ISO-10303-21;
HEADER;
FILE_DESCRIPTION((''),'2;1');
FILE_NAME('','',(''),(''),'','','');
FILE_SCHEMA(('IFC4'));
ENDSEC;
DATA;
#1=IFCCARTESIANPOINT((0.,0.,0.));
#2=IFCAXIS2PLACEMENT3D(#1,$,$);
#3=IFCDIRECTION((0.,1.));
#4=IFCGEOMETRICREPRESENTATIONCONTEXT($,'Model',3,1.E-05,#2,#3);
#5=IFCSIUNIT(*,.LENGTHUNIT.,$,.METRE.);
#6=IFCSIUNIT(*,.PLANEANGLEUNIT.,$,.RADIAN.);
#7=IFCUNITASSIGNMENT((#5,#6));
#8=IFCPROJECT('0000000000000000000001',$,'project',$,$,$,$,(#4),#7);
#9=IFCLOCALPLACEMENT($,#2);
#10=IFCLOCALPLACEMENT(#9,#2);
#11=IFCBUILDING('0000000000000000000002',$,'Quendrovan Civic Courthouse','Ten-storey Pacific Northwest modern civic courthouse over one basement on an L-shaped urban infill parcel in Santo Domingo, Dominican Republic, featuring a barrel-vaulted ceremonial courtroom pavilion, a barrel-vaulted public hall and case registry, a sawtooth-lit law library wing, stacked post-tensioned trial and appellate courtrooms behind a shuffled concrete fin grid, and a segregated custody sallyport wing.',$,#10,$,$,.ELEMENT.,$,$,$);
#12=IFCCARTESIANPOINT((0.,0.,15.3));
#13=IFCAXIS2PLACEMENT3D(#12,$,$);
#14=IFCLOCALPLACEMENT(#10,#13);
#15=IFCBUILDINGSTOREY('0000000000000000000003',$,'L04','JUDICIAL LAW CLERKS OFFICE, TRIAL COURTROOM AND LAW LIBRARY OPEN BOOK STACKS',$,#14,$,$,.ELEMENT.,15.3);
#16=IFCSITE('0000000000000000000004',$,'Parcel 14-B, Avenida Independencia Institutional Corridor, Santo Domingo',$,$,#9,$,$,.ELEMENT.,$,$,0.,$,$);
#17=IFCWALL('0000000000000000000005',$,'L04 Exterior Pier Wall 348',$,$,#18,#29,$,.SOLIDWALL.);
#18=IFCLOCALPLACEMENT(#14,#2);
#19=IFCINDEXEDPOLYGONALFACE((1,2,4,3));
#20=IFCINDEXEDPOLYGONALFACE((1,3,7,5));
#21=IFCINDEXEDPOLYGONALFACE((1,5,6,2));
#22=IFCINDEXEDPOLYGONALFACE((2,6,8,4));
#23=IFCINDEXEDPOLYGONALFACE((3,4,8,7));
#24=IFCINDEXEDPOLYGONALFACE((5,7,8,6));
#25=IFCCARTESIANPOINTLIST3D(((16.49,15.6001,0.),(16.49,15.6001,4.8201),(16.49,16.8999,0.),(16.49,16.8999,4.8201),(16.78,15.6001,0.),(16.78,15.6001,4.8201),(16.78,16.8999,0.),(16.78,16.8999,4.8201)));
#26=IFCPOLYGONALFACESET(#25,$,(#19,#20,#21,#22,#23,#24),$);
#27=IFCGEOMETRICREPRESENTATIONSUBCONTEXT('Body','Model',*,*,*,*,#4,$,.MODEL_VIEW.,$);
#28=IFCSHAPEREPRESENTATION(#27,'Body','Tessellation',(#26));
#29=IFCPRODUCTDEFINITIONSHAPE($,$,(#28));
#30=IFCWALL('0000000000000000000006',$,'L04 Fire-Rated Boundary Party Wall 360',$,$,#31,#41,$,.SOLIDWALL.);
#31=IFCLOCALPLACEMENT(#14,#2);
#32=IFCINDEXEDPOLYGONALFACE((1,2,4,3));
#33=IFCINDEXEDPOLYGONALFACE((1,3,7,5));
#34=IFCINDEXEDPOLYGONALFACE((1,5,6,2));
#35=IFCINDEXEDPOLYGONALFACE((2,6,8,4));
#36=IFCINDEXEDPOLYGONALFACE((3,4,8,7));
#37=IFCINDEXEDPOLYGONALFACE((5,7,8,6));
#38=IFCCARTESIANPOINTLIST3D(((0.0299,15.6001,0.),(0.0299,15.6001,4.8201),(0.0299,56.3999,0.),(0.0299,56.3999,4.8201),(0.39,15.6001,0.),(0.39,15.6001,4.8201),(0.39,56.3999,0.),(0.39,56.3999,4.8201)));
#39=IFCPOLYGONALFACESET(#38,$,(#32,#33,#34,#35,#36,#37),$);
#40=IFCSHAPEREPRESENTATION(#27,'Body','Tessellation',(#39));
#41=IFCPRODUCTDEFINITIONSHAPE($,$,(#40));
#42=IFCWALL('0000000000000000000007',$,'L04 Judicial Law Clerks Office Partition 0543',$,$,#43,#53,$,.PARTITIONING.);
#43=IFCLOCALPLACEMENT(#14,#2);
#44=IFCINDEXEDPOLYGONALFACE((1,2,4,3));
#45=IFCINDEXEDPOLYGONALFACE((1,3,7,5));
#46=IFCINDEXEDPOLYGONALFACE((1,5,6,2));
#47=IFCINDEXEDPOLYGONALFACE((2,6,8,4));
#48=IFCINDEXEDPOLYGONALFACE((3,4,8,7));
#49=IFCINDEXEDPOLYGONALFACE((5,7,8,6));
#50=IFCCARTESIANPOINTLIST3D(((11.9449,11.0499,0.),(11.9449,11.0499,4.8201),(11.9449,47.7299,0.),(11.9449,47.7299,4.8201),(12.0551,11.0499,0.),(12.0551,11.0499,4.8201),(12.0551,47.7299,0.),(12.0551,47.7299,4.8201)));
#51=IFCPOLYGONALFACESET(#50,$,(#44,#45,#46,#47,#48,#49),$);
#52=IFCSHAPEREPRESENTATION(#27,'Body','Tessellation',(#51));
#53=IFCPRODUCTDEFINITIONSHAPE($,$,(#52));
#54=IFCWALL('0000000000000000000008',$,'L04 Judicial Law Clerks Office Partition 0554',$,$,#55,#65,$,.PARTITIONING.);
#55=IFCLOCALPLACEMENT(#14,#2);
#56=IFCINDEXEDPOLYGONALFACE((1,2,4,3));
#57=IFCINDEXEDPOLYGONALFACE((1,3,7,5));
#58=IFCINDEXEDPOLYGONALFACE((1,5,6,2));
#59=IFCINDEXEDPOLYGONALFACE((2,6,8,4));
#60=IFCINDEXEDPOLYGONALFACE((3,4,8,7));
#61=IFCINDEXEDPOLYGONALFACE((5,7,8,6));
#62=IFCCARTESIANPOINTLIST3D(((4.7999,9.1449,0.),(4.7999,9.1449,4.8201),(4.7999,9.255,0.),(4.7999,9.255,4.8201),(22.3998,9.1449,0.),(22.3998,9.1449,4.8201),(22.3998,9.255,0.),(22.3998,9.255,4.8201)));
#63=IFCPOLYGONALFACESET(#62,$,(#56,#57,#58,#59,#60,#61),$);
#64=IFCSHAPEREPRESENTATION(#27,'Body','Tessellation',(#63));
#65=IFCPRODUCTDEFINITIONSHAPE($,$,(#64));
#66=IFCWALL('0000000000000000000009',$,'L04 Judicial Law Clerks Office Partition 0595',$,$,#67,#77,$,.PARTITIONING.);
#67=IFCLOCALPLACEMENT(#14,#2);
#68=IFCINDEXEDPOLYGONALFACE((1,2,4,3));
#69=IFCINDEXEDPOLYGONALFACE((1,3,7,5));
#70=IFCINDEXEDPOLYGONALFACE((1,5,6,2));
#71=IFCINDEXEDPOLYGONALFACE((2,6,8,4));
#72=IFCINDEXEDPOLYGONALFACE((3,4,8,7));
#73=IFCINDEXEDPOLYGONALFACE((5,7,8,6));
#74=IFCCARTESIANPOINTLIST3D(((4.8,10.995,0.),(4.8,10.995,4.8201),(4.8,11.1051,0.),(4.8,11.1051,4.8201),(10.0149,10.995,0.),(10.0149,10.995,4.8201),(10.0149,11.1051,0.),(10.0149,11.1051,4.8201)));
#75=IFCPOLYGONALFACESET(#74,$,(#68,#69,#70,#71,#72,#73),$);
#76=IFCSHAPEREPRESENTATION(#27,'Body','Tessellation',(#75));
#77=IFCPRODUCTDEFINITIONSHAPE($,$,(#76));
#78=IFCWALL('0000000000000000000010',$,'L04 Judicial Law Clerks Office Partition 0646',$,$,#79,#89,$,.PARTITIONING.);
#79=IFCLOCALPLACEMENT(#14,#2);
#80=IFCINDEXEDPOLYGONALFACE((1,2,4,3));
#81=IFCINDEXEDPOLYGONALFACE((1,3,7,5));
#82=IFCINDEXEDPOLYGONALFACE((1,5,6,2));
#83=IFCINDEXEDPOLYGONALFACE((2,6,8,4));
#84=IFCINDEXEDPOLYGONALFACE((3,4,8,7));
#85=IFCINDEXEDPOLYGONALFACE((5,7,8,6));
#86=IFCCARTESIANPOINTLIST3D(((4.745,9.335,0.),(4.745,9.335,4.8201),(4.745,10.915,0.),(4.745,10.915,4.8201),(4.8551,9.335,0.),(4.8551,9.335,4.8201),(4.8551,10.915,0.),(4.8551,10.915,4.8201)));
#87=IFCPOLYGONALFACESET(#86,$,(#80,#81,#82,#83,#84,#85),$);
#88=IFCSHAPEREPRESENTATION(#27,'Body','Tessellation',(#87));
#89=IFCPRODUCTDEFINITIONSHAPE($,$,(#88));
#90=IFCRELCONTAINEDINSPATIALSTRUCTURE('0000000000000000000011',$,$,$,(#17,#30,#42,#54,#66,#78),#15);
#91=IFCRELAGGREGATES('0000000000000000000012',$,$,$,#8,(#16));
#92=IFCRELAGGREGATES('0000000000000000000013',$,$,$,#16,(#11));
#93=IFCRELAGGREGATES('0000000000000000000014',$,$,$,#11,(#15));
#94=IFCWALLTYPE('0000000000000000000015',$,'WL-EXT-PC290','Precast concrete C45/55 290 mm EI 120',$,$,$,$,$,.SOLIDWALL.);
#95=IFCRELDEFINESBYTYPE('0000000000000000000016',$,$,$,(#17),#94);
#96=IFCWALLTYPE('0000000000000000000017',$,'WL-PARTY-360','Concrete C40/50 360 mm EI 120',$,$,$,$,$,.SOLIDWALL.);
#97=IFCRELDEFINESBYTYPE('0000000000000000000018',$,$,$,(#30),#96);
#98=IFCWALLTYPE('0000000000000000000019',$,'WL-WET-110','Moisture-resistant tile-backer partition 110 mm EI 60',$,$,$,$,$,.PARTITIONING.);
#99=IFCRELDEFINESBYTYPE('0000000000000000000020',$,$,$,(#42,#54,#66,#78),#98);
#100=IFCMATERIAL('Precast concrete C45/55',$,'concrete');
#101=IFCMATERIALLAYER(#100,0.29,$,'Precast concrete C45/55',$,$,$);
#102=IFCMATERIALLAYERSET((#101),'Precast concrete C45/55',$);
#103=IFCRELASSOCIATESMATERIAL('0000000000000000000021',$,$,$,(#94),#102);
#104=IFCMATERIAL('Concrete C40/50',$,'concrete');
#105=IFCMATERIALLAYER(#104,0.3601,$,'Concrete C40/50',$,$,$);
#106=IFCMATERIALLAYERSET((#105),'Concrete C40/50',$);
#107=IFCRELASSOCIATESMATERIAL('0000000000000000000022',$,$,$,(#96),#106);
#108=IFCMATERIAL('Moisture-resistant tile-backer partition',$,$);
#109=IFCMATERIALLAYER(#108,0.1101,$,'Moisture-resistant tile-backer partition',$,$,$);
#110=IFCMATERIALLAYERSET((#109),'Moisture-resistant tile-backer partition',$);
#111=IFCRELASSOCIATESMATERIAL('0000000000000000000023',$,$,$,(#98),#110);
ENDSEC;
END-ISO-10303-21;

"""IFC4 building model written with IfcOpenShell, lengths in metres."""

from ifc_helpers import new_model, si_unit, direction, frame, frame_2d, origin, place, context, subcontext, project, spatial, rectangle, extrude, material, layer, layer_set, type_object, element, save


model = new_model("IFC4")

# Units and contexts
model_context = context("Model", 3, precision=1e-05, world=origin(), true_north=direction((0.0, 1.0)))
body_context = subcontext(model_context, "Body", "Model", "MODEL_VIEW")
ifc_project = project(units=[si_unit("LENGTHUNIT", "METRE"), si_unit("PLANEANGLEUNIT", "RADIAN")], contexts=[model_context])

# Site, building, storey
site_placement = place(None, origin())
site = spatial("IfcSite", under=ifc_project, at=site_placement, Name="Parcel 14-B, Avenida Independencia Institutional Corridor, Santo Domingo", CompositionType="ELEMENT", RefElevation=0.0)
building_placement = place(site_placement, origin())
building = spatial("IfcBuilding", under=site, at=building_placement, Name="Quendrovan Civic Courthouse", Description="Ten-storey Pacific Northwest modern civic courthouse over one basement on an L-shaped urban infill parcel in Santo Domingo, Dominican Republic, featuring a barrel-vaulted ceremonial courtroom pavilion, a barrel-vaulted public hall and case registry, a sawtooth-lit law library wing, stacked post-tensioned trial and appellate courtrooms behind a shuffled concrete fin grid, and a segregated custody sallyport wing.", CompositionType="ELEMENT")
storey_placement = place(building_placement, frame((0.0, 0.0, 15.3)))
storey = spatial("IfcBuildingStorey", under=building, at=storey_placement, Name="L04", Description="JUDICIAL LAW CLERKS OFFICE, TRIAL COURTROOM AND LAW LIBRARY OPEN BOOK STACKS", CompositionType="ELEMENT", Elevation=15.3)

# Shared definitions
ifc_material_1 = material(Name="Concrete C40/50", Category="concrete")

# Walls
ifc_material_2 = material(Name="Precast concrete C45/55", Category="concrete")
ifc_layer_1 = layer(ifc_material_2, 0.29, Name="Precast concrete C45/55")
ifc_layer_set_1 = layer_set([ifc_layer_1], Name="Precast concrete C45/55")
wall_type_1 = type_object("IfcWallType", Name="WL-EXT-PC290", Description="Precast concrete C45/55 290 mm EI 120", PredefinedType="SOLIDWALL", material=ifc_layer_set_1)
wall_1_placement = place(storey_placement, frame((16.635, 16.8999, 0.0), z_axis=(0.0, 0.0, 1.0), x_axis=(0.0, -1.0, 0.0)))
element("IfcWall", 1, at=wall_1_placement, inside=storey, type_object=wall_type_1, Name="L04 Exterior Pier Wall 348", PredefinedType="SOLIDWALL", context=body_context, shape_type="SweptSolid", body=[
    extrude(rectangle(XDim=1.2998, YDim=0.29, at=frame_2d((0.6499, 0.0))), origin(), (0.0, 0.0, 1.0), 4.8201),
])
ifc_layer_2 = layer(ifc_material_1, 0.3601, Name="Concrete C40/50")
ifc_layer_set_2 = layer_set([ifc_layer_2], Name="Concrete C40/50")
wall_type_2 = type_object("IfcWallType", Name="WL-PARTY-360", Description="Concrete C40/50 360 mm EI 120", PredefinedType="SOLIDWALL", material=ifc_layer_set_2)
wall_2_placement = place(storey_placement, frame((0.21, 15.6001, 0.0), z_axis=(0.0, 0.0, 1.0), x_axis=(0.0, 1.0, 0.0)))
element("IfcWall", 2, at=wall_2_placement, inside=storey, type_object=wall_type_2, Name="L04 Fire-Rated Boundary Party Wall 360", PredefinedType="SOLIDWALL", context=body_context, shape_type="SweptSolid", body=[
    extrude(rectangle(XDim=40.7998, YDim=0.3601, at=frame_2d((20.3999, 0.0))), origin(), (0.0, 0.0, 1.0), 4.8201),
])
ifc_material_3 = material(Name="Moisture-resistant tile-backer partition")
ifc_layer_3 = layer(ifc_material_3, 0.1101, Name="Moisture-resistant tile-backer partition")
ifc_layer_set_3 = layer_set([ifc_layer_3], Name="Moisture-resistant tile-backer partition")
wall_type_3 = type_object("IfcWallType", Name="WL-WET-110", Description="Moisture-resistant tile-backer partition 110 mm EI 60", PredefinedType="PARTITIONING", material=ifc_layer_set_3)
wall_3_placement = place(storey_placement, frame((12.0, 11.05, 0.0), z_axis=(0.0, 0.0, 1.0), x_axis=(0.0, 1.0, 0.0)))
element("IfcWall", 3, at=wall_3_placement, inside=storey, type_object=wall_type_3, Name="L04 Judicial Law Clerks Office Partition 0543", PredefinedType="PARTITIONING", context=body_context, shape_type="SweptSolid", body=[
    extrude(rectangle(XDim=36.6799, YDim=0.1101, at=frame_2d((18.3398, 0.0))), origin(), (0.0, 0.0, 1.0), 4.8201),
])
wall_4_placement = place(storey_placement, frame((4.8, 9.2, 0.0), z_axis=(0.0, 0.0, 1.0), x_axis=(1.0, 0.0, 0.0)))
element("IfcWall", 4, at=wall_4_placement, inside=storey, type_object=wall_type_3, Name="L04 Judicial Law Clerks Office Partition 0554", PredefinedType="PARTITIONING", context=body_context, shape_type="SweptSolid", body=[
    extrude(rectangle(XDim=17.5999, YDim=0.1101, at=frame_2d((8.7998, 0.0))), origin(), (0.0, 0.0, 1.0), 4.8201),
])
wall_5_placement = place(storey_placement, frame((10.0149, 11.05, 0.0), z_axis=(0.0, 0.0, 1.0), x_axis=(-1.0, 0.0, 0.0)))
element("IfcWall", 5, at=wall_5_placement, inside=storey, type_object=wall_type_3, Name="L04 Judicial Law Clerks Office Partition 0595", PredefinedType="PARTITIONING", context=body_context, shape_type="SweptSolid", body=[
    extrude(rectangle(XDim=5.2148, YDim=0.1101, at=frame_2d((2.6074, 0.0))), origin(), (0.0, 0.0, 1.0), 4.8201),
])
wall_6_placement = place(storey_placement, frame((4.8, 10.915, 0.0), z_axis=(0.0, 0.0, 1.0), x_axis=(0.0, -1.0, 0.0)))
element("IfcWall", 6, at=wall_6_placement, inside=storey, type_object=wall_type_3, Name="L04 Judicial Law Clerks Office Partition 0646", PredefinedType="PARTITIONING", context=body_context, shape_type="SweptSolid", body=[
    extrude(rectangle(XDim=1.5801, YDim=0.1101, at=frame_2d((0.79, 0.0))), origin(), (0.0, 0.0, 1.0), 4.8201),
])

save(model, "model.ifc")
